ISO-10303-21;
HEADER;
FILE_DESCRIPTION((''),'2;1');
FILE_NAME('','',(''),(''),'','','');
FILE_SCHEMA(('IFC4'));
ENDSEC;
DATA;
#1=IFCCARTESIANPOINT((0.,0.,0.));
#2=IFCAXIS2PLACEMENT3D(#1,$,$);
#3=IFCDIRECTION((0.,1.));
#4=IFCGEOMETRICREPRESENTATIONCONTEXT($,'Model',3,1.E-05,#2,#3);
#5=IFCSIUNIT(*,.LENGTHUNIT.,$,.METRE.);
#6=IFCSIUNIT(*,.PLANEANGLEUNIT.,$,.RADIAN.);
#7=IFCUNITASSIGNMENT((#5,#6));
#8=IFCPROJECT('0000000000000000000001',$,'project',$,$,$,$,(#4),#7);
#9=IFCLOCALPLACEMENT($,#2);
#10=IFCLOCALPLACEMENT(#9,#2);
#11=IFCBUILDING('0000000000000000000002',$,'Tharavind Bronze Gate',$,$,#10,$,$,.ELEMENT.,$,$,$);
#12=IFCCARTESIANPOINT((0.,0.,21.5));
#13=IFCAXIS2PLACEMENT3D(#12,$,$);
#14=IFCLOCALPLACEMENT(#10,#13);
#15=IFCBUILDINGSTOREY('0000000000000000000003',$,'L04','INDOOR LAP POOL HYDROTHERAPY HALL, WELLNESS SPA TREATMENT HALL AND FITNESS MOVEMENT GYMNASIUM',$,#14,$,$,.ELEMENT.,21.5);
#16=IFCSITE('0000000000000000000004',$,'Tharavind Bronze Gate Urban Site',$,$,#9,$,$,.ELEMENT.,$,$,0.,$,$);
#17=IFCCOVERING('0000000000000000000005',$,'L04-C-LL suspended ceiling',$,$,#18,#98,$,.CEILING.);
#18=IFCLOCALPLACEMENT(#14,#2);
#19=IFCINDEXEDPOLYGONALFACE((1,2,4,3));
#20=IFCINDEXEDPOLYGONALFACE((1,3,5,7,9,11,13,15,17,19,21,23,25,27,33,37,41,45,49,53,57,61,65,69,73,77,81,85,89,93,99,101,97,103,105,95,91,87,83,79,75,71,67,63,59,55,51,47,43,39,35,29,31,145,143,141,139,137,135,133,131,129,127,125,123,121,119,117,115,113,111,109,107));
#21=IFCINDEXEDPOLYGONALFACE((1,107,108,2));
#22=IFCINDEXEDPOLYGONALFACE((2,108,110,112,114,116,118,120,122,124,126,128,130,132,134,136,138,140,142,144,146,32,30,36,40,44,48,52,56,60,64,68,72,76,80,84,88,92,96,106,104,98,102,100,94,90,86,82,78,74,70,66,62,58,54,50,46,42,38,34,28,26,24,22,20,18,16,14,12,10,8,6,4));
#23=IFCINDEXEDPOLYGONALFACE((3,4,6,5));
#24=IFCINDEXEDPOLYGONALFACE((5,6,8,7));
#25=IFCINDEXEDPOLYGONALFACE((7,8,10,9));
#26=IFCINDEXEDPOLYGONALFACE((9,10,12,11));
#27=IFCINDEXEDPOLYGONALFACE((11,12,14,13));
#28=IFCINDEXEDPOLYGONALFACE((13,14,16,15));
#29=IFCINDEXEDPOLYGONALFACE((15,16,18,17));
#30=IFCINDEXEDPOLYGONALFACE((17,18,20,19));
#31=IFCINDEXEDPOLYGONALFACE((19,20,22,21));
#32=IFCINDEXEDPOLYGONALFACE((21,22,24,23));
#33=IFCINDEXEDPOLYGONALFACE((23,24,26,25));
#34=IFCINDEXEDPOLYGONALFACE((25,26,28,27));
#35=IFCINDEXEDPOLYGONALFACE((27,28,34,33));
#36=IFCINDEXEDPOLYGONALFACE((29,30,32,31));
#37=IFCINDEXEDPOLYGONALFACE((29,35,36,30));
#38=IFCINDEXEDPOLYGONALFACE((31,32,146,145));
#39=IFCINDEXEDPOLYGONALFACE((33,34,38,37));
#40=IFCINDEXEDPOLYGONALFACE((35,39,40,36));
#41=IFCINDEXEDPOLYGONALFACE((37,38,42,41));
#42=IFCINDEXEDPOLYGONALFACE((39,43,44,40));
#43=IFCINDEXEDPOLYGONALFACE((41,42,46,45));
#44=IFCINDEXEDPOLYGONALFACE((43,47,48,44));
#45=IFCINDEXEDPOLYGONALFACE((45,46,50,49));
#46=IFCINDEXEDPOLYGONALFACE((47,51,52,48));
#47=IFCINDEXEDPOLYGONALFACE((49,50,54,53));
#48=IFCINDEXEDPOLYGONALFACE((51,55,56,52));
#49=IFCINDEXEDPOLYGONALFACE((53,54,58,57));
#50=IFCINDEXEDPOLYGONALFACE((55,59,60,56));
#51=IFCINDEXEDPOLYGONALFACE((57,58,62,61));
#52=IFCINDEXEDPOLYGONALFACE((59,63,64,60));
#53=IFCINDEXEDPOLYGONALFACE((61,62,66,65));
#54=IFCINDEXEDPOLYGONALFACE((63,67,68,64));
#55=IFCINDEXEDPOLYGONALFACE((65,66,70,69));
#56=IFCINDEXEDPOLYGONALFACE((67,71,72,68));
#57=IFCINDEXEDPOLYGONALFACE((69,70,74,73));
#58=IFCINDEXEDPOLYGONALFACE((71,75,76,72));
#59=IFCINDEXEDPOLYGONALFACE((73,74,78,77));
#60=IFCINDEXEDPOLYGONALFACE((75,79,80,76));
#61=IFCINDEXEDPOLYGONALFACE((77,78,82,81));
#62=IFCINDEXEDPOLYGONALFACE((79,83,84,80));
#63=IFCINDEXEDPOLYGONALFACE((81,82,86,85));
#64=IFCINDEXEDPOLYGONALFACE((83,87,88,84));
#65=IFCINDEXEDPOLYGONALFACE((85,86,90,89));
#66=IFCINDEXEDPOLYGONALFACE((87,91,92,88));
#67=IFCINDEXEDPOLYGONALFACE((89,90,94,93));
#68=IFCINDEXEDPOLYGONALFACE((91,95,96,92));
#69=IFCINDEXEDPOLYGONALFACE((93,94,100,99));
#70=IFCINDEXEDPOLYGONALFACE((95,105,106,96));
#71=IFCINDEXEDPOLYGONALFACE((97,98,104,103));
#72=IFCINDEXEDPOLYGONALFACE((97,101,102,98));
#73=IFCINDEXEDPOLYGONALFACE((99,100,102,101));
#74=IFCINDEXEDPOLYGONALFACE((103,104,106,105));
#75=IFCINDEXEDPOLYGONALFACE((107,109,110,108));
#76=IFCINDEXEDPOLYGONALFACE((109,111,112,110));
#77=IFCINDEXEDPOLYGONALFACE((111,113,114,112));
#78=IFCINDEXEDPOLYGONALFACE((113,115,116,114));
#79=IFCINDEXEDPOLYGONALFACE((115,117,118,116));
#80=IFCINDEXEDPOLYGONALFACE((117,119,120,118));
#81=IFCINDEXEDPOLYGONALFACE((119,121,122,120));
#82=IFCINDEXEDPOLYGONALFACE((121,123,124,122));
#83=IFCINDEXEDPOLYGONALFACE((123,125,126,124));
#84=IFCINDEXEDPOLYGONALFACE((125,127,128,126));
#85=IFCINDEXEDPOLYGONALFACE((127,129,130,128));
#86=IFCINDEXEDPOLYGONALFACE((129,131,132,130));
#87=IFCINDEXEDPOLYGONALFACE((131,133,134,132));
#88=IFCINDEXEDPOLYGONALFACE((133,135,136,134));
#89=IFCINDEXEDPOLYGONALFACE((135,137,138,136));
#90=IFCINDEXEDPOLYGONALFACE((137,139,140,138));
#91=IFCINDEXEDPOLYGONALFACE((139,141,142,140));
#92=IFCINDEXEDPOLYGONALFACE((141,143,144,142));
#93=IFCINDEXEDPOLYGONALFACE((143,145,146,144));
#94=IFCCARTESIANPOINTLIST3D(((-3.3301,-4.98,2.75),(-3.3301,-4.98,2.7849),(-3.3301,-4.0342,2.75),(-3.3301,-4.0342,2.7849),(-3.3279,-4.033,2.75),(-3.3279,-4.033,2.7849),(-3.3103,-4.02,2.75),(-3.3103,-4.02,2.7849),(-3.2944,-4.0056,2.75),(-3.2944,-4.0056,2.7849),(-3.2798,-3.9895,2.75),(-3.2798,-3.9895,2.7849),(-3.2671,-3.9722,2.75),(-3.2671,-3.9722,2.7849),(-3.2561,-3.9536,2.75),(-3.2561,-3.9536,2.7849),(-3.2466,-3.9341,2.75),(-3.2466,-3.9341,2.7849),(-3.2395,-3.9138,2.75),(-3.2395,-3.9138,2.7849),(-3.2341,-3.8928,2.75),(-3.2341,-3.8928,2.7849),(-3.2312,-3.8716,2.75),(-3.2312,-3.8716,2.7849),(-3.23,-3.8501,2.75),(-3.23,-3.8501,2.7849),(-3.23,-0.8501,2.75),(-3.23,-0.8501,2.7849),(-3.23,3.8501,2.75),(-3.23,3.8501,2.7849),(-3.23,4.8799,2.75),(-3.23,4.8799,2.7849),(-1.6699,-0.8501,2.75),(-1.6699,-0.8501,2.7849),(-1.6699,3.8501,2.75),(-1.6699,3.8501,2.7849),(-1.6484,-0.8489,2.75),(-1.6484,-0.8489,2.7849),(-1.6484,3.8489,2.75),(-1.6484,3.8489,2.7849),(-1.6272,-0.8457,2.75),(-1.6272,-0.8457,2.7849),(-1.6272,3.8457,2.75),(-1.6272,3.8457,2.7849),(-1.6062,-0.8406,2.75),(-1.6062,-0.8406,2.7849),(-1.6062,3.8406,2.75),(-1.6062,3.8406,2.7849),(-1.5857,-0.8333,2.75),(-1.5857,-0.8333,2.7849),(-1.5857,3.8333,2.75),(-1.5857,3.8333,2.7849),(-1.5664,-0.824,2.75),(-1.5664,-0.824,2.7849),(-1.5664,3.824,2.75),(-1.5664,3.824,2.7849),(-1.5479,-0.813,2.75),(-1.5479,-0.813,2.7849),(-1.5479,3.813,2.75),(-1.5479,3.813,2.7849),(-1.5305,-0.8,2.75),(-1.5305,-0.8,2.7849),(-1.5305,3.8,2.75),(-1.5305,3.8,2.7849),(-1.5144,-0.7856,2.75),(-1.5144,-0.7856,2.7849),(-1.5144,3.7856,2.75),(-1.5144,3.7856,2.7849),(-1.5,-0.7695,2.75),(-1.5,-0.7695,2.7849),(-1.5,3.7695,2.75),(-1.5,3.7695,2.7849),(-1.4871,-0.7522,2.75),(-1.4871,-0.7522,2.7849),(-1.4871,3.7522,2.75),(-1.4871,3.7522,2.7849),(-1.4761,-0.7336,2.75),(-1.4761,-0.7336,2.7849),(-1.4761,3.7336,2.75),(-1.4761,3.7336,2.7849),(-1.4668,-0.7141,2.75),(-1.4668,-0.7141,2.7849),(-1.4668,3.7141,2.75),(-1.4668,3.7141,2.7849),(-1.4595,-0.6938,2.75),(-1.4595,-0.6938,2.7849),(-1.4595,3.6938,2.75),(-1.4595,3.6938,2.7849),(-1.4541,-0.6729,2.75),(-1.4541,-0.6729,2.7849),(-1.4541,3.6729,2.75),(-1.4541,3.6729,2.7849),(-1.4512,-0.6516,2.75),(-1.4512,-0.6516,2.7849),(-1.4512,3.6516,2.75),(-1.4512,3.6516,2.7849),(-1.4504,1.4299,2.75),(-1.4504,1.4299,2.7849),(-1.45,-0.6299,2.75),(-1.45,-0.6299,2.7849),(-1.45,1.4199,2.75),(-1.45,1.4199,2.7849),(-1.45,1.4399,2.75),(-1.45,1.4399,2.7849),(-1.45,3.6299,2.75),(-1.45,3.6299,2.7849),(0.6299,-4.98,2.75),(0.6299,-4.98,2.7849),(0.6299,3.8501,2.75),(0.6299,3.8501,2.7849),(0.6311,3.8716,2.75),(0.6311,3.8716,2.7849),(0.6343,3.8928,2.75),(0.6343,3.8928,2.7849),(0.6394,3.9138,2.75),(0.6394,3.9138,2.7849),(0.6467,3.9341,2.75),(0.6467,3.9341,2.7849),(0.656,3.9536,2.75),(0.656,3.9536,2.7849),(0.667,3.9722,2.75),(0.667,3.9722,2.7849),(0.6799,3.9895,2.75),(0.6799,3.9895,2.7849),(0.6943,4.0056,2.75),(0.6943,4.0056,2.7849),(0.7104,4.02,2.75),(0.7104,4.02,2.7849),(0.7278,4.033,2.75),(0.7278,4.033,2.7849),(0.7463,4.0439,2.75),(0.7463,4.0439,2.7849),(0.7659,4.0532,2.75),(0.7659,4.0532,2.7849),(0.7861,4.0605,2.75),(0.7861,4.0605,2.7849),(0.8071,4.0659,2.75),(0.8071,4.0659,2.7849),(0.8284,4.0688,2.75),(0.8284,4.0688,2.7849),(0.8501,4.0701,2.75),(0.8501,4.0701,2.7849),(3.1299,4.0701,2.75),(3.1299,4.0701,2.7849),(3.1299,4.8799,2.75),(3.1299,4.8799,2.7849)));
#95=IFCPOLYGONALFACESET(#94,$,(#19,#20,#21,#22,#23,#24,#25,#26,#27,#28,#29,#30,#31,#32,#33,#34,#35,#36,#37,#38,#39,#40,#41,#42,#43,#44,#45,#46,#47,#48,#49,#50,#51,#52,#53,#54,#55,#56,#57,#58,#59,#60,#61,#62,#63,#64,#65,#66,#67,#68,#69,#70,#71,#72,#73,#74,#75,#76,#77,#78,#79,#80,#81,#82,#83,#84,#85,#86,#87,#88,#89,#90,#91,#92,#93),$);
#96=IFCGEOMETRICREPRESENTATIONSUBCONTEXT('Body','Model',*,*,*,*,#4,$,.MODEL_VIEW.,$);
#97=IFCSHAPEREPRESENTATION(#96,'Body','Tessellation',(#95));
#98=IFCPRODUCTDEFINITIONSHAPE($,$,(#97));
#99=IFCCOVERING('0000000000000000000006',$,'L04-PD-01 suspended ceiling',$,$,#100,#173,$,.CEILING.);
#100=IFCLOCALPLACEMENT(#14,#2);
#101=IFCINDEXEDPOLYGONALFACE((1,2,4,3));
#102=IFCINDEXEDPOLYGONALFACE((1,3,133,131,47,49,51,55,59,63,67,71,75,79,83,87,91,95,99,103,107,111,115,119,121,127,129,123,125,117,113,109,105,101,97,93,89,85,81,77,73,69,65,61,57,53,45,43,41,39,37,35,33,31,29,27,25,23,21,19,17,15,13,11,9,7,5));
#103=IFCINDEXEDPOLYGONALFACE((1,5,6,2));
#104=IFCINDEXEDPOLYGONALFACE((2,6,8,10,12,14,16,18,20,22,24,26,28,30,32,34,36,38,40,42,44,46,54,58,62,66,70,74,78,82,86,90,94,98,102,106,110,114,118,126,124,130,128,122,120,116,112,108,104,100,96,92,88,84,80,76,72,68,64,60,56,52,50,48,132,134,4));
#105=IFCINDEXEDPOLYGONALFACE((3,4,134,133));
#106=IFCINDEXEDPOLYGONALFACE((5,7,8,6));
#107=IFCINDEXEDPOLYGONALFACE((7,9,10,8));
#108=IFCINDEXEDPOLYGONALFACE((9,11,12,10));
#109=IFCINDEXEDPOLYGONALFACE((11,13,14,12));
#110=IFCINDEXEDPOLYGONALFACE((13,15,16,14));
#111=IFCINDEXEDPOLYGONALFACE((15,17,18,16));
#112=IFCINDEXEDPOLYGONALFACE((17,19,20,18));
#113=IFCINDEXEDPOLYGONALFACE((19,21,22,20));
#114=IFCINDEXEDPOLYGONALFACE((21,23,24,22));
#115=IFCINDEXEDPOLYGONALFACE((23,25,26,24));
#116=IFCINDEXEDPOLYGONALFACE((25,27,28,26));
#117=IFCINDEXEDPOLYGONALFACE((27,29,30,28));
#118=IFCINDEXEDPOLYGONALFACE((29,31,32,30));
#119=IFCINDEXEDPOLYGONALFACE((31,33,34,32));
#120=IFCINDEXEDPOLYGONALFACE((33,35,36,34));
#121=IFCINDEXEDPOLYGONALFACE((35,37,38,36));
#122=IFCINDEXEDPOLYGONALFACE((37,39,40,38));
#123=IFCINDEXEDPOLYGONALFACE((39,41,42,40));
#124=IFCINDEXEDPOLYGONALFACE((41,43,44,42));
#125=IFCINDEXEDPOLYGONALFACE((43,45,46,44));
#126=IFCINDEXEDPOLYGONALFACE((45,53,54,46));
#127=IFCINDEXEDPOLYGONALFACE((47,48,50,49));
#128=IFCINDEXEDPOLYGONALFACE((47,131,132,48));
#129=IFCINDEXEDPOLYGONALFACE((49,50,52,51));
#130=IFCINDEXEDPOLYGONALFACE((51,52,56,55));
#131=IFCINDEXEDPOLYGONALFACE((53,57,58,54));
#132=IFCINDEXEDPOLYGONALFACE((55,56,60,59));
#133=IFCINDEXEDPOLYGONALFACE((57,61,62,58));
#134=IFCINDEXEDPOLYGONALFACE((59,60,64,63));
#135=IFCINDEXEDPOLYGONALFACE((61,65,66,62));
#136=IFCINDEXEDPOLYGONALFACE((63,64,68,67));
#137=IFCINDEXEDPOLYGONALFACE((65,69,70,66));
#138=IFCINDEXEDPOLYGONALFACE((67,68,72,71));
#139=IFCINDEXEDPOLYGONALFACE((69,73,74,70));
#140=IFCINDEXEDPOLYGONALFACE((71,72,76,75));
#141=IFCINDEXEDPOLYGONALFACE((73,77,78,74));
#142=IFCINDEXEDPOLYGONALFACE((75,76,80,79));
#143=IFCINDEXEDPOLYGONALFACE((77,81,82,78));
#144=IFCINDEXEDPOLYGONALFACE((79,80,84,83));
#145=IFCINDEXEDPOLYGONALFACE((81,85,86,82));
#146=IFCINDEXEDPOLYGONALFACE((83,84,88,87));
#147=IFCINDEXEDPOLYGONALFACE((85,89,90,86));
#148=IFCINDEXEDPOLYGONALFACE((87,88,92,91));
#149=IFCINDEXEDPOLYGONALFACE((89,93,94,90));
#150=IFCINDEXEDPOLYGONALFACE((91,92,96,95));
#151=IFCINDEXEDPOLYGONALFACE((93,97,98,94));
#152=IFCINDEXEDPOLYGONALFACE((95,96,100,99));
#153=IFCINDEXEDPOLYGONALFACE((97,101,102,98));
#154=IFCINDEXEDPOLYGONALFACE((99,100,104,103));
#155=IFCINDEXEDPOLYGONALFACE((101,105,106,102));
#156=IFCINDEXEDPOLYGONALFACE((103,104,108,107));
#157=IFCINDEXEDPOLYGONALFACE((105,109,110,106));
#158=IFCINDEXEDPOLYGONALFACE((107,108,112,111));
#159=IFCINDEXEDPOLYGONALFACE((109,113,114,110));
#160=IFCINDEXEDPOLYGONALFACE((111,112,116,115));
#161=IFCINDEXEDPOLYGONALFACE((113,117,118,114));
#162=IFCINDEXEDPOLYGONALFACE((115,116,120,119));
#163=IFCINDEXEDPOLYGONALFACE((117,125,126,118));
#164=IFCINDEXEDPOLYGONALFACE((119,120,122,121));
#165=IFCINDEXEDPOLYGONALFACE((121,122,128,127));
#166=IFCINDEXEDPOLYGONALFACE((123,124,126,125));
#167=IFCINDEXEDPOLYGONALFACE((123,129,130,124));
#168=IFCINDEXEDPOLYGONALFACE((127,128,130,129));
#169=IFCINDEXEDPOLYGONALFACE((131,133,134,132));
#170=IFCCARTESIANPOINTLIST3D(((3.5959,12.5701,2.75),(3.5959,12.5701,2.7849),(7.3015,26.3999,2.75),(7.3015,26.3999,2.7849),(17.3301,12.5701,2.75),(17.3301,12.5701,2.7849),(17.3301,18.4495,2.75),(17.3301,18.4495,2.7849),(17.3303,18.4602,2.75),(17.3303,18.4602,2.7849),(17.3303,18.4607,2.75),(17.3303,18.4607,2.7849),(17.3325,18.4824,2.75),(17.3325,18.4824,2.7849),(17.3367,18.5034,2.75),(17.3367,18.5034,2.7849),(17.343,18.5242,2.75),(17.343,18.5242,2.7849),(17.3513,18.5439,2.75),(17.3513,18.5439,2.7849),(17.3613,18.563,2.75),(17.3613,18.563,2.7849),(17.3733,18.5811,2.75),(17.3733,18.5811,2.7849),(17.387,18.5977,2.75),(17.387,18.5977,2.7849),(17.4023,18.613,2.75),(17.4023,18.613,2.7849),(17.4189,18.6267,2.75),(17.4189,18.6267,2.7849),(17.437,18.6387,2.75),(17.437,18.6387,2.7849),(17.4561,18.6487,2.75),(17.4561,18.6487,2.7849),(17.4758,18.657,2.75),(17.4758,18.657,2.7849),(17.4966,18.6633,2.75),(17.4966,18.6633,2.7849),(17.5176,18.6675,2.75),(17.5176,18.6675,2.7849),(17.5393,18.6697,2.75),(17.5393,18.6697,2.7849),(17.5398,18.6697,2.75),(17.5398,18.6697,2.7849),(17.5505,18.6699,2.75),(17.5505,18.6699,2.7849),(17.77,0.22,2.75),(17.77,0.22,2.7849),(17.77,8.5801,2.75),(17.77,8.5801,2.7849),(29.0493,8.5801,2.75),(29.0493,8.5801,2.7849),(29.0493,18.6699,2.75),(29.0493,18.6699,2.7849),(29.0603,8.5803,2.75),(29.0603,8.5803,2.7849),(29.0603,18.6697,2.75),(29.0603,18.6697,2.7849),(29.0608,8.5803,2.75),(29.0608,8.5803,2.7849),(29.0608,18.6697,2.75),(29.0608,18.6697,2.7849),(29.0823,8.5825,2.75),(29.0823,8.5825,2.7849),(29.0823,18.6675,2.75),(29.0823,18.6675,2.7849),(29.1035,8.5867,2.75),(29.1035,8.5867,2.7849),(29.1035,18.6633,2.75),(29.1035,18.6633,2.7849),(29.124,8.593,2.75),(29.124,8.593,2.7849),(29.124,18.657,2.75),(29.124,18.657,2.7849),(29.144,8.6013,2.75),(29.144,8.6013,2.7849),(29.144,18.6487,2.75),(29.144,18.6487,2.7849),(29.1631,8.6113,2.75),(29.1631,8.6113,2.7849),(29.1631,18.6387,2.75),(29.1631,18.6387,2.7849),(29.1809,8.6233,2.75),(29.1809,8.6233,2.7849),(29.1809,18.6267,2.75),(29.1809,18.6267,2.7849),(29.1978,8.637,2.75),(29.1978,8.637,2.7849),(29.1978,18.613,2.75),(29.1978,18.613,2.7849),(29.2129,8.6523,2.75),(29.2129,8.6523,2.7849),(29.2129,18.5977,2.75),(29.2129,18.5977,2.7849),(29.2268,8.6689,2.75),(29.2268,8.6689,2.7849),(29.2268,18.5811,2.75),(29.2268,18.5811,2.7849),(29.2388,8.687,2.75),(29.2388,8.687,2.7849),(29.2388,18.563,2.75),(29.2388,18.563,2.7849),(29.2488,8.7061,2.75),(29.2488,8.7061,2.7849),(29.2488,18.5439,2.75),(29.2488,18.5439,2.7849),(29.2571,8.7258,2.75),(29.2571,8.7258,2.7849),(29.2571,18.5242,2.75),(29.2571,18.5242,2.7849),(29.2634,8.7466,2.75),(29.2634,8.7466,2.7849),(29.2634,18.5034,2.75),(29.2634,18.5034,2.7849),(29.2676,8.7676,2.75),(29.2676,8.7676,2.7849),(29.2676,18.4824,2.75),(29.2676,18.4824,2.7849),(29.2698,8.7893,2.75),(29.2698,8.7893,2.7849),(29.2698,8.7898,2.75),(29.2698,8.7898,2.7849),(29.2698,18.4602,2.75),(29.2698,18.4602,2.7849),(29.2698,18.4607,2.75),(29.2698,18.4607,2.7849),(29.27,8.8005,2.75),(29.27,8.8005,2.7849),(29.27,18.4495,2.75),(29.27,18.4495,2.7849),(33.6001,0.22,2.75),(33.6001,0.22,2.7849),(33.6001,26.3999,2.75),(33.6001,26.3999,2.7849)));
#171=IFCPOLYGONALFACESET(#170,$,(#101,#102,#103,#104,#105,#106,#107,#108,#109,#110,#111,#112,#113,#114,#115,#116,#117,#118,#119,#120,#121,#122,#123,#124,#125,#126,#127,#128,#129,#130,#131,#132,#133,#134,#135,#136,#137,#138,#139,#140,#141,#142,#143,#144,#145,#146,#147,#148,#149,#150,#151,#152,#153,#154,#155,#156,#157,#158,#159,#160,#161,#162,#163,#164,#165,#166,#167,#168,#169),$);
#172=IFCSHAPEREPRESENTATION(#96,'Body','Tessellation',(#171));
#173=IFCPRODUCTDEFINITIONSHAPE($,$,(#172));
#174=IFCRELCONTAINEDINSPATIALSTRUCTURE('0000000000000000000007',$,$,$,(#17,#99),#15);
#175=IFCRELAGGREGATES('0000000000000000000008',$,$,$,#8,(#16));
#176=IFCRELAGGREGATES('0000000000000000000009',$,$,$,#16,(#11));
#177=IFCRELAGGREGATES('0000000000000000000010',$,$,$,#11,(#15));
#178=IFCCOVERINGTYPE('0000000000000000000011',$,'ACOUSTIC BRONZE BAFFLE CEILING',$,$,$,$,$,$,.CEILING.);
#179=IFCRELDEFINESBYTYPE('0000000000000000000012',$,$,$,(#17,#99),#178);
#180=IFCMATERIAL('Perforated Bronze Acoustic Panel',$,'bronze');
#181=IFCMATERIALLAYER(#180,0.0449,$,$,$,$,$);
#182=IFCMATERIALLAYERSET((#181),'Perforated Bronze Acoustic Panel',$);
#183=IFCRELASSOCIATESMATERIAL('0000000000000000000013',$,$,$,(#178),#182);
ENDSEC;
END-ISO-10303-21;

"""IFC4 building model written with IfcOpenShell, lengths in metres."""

from ifc_helpers import new_model, si_unit, direction, frame, origin, place, context, subcontext, project, spatial, polyline, outline, extrude, material, layer, layer_set, type_object, element, save


model = new_model("IFC4")

# Units and contexts
model_context = context("Model", 3, precision=1e-05, world=origin(), true_north=direction((0.0, 1.0)))
body_context = subcontext(model_context, "Body", "Model", "MODEL_VIEW")
ifc_project = project(units=[si_unit("LENGTHUNIT", "METRE"), si_unit("PLANEANGLEUNIT", "RADIAN")], contexts=[model_context])

# Site, building, storey
site_placement = place(None, origin())
site = spatial("IfcSite", under=ifc_project, at=site_placement, Name="Tharavind Bronze Gate Urban Site", CompositionType="ELEMENT", RefElevation=0.0)
building_placement = place(site_placement, origin())
building = spatial("IfcBuilding", under=site, at=building_placement, Name="Tharavind Bronze Gate", CompositionType="ELEMENT")
storey_placement = place(building_placement, frame((0.0, 0.0, 21.5)))
storey = spatial("IfcBuildingStorey", under=building, at=storey_placement, Name="L04", Description="INDOOR LAP POOL HYDROTHERAPY HALL, WELLNESS SPA TREATMENT HALL AND FITNESS MOVEMENT GYMNASIUM", CompositionType="ELEMENT", Elevation=21.5)

# Coverings
ifc_material_1 = material(Name="Perforated Bronze Acoustic Panel", Category="bronze")
ifc_layer_1 = layer(ifc_material_1, 0.0449)
ifc_layer_set_1 = layer_set([ifc_layer_1], Name="Perforated Bronze Acoustic Panel")
covering_type_1 = type_object("IfcCoveringType", Name="ACOUSTIC BRONZE BAFFLE CEILING", PredefinedType="CEILING", material=ifc_layer_set_1)
covering_1_placement = place(storey_placement, frame((0.0, 0.0, 2.75)))
element("IfcCovering", 1, at=covering_1_placement, inside=storey, type_object=covering_type_1, Name="L04-C-LL suspended ceiling", PredefinedType="CEILING", context=body_context, shape_type="SweptSolid", body=[
    extrude(outline(polyline([(-3.3301, -4.98), (0.6299, -4.98), (0.6299, 3.8501), (0.6311, 3.8716), (0.6343, 3.8928), (0.6394, 3.9138), (0.6467, 3.9341), (0.656, 3.9536), (0.667, 3.9722), (0.6799, 3.9895), (0.6943, 4.0056), (0.7104, 4.02), (0.7278, 4.033), (0.7463, 4.0439), (0.7659, 4.0532), (0.7861, 4.0605), (0.8071, 4.0659), (0.8284, 4.0688), (0.8501, 4.0701), (3.1299, 4.0701), (3.1299, 4.8799), (-3.23, 4.8799), (-3.23, 3.8501), (-1.6699, 3.8501), (-1.6484, 3.8489), (-1.6272, 3.8457), (-1.6062, 3.8406), (-1.5857, 3.8333), (-1.5664, 3.824), (-1.5479, 3.813), (-1.5305, 3.8), (-1.5144, 3.7856), (-1.5, 3.7695), (-1.4871, 3.7522), (-1.4761, 3.7336), (-1.4668, 3.7141), (-1.4595, 3.6938), (-1.4541, 3.6729), (-1.4512, 3.6516), (-1.45, 3.6299), (-1.45, 1.4399), (-1.4504, 1.4299), (-1.45, 1.4199), (-1.45, -0.6299), (-1.4512, -0.6516), (-1.4541, -0.6729), (-1.4595, -0.6938), (-1.4668, -0.7141), (-1.4761, -0.7336), (-1.4871, -0.7522), (-1.5, -0.7695), (-1.5144, -0.7856), (-1.5305, -0.8), (-1.5479, -0.813), (-1.5664, -0.824), (-1.5857, -0.8333), (-1.6062, -0.8406), (-1.6272, -0.8457), (-1.6484, -0.8489), (-1.6699, -0.8501), (-3.23, -0.8501), (-3.23, -3.8501), (-3.2312, -3.8716), (-3.2341, -3.8928), (-3.2395, -3.9138), (-3.2466, -3.9341), (-3.2561, -3.9536), (-3.2671, -3.9722), (-3.2798, -3.9895), (-3.2944, -4.0056), (-3.3103, -4.02), (-3.3279, -4.033), (-3.3301, -4.0342), (-3.3301, -4.98)])), origin(), (0.0, 0.0, 1.0), 0.0349),
])
covering_2_placement = place(storey_placement, frame((0.0, 0.0, 2.75)))
element("IfcCovering", 2, at=covering_2_placement, inside=storey, type_object=covering_type_1, Name="L04-PD-01 suspended ceiling", PredefinedType="CEILING", context=body_context, shape_type="SweptSolid", body=[
    extrude(outline(polyline([(17.3301, 12.5701), (17.3301, 18.4495), (17.3303, 18.4602), (17.3303, 18.4607), (17.3325, 18.4824), (17.3367, 18.5034), (17.343, 18.5242), (17.3513, 18.5439), (17.3613, 18.563), (17.3733, 18.5811), (17.387, 18.5977), (17.4023, 18.613), (17.4189, 18.6267), (17.437, 18.6387), (17.4561, 18.6487), (17.4758, 18.657), (17.4966, 18.6633), (17.5176, 18.6675), (17.5393, 18.6697), (17.5398, 18.6697), (17.5505, 18.6699), (29.0493, 18.6699), (29.0603, 18.6697), (29.0608, 18.6697), (29.0823, 18.6675), (29.1035, 18.6633), (29.124, 18.657), (29.144, 18.6487), (29.1631, 18.6387), (29.1809, 18.6267), (29.1978, 18.613), (29.2129, 18.5977), (29.2268, 18.5811), (29.2388, 18.563), (29.2488, 18.5439), (29.2571, 18.5242), (29.2634, 18.5034), (29.2676, 18.4824), (29.2698, 18.4607), (29.2698, 18.4602), (29.27, 18.4495), (29.27, 8.8005), (29.2698, 8.7898), (29.2698, 8.7893), (29.2676, 8.7676), (29.2634, 8.7466), (29.2571, 8.7258), (29.2488, 8.7061), (29.2388, 8.687), (29.2268, 8.6689), (29.2129, 8.6523), (29.1978, 8.637), (29.1809, 8.6233), (29.1631, 8.6113), (29.144, 8.6013), (29.124, 8.593), (29.1035, 8.5867), (29.0823, 8.5825), (29.0608, 8.5803), (29.0603, 8.5803), (29.0493, 8.5801), (17.77, 8.5801), (17.77, 0.22), (33.6001, 0.22), (33.6001, 26.3999), (7.3015, 26.3999), (3.5959, 12.5701), (17.3301, 12.5701)])), origin(), (0.0, 0.0, 1.0), 0.0349),
])

save(model, "model.ifc")
